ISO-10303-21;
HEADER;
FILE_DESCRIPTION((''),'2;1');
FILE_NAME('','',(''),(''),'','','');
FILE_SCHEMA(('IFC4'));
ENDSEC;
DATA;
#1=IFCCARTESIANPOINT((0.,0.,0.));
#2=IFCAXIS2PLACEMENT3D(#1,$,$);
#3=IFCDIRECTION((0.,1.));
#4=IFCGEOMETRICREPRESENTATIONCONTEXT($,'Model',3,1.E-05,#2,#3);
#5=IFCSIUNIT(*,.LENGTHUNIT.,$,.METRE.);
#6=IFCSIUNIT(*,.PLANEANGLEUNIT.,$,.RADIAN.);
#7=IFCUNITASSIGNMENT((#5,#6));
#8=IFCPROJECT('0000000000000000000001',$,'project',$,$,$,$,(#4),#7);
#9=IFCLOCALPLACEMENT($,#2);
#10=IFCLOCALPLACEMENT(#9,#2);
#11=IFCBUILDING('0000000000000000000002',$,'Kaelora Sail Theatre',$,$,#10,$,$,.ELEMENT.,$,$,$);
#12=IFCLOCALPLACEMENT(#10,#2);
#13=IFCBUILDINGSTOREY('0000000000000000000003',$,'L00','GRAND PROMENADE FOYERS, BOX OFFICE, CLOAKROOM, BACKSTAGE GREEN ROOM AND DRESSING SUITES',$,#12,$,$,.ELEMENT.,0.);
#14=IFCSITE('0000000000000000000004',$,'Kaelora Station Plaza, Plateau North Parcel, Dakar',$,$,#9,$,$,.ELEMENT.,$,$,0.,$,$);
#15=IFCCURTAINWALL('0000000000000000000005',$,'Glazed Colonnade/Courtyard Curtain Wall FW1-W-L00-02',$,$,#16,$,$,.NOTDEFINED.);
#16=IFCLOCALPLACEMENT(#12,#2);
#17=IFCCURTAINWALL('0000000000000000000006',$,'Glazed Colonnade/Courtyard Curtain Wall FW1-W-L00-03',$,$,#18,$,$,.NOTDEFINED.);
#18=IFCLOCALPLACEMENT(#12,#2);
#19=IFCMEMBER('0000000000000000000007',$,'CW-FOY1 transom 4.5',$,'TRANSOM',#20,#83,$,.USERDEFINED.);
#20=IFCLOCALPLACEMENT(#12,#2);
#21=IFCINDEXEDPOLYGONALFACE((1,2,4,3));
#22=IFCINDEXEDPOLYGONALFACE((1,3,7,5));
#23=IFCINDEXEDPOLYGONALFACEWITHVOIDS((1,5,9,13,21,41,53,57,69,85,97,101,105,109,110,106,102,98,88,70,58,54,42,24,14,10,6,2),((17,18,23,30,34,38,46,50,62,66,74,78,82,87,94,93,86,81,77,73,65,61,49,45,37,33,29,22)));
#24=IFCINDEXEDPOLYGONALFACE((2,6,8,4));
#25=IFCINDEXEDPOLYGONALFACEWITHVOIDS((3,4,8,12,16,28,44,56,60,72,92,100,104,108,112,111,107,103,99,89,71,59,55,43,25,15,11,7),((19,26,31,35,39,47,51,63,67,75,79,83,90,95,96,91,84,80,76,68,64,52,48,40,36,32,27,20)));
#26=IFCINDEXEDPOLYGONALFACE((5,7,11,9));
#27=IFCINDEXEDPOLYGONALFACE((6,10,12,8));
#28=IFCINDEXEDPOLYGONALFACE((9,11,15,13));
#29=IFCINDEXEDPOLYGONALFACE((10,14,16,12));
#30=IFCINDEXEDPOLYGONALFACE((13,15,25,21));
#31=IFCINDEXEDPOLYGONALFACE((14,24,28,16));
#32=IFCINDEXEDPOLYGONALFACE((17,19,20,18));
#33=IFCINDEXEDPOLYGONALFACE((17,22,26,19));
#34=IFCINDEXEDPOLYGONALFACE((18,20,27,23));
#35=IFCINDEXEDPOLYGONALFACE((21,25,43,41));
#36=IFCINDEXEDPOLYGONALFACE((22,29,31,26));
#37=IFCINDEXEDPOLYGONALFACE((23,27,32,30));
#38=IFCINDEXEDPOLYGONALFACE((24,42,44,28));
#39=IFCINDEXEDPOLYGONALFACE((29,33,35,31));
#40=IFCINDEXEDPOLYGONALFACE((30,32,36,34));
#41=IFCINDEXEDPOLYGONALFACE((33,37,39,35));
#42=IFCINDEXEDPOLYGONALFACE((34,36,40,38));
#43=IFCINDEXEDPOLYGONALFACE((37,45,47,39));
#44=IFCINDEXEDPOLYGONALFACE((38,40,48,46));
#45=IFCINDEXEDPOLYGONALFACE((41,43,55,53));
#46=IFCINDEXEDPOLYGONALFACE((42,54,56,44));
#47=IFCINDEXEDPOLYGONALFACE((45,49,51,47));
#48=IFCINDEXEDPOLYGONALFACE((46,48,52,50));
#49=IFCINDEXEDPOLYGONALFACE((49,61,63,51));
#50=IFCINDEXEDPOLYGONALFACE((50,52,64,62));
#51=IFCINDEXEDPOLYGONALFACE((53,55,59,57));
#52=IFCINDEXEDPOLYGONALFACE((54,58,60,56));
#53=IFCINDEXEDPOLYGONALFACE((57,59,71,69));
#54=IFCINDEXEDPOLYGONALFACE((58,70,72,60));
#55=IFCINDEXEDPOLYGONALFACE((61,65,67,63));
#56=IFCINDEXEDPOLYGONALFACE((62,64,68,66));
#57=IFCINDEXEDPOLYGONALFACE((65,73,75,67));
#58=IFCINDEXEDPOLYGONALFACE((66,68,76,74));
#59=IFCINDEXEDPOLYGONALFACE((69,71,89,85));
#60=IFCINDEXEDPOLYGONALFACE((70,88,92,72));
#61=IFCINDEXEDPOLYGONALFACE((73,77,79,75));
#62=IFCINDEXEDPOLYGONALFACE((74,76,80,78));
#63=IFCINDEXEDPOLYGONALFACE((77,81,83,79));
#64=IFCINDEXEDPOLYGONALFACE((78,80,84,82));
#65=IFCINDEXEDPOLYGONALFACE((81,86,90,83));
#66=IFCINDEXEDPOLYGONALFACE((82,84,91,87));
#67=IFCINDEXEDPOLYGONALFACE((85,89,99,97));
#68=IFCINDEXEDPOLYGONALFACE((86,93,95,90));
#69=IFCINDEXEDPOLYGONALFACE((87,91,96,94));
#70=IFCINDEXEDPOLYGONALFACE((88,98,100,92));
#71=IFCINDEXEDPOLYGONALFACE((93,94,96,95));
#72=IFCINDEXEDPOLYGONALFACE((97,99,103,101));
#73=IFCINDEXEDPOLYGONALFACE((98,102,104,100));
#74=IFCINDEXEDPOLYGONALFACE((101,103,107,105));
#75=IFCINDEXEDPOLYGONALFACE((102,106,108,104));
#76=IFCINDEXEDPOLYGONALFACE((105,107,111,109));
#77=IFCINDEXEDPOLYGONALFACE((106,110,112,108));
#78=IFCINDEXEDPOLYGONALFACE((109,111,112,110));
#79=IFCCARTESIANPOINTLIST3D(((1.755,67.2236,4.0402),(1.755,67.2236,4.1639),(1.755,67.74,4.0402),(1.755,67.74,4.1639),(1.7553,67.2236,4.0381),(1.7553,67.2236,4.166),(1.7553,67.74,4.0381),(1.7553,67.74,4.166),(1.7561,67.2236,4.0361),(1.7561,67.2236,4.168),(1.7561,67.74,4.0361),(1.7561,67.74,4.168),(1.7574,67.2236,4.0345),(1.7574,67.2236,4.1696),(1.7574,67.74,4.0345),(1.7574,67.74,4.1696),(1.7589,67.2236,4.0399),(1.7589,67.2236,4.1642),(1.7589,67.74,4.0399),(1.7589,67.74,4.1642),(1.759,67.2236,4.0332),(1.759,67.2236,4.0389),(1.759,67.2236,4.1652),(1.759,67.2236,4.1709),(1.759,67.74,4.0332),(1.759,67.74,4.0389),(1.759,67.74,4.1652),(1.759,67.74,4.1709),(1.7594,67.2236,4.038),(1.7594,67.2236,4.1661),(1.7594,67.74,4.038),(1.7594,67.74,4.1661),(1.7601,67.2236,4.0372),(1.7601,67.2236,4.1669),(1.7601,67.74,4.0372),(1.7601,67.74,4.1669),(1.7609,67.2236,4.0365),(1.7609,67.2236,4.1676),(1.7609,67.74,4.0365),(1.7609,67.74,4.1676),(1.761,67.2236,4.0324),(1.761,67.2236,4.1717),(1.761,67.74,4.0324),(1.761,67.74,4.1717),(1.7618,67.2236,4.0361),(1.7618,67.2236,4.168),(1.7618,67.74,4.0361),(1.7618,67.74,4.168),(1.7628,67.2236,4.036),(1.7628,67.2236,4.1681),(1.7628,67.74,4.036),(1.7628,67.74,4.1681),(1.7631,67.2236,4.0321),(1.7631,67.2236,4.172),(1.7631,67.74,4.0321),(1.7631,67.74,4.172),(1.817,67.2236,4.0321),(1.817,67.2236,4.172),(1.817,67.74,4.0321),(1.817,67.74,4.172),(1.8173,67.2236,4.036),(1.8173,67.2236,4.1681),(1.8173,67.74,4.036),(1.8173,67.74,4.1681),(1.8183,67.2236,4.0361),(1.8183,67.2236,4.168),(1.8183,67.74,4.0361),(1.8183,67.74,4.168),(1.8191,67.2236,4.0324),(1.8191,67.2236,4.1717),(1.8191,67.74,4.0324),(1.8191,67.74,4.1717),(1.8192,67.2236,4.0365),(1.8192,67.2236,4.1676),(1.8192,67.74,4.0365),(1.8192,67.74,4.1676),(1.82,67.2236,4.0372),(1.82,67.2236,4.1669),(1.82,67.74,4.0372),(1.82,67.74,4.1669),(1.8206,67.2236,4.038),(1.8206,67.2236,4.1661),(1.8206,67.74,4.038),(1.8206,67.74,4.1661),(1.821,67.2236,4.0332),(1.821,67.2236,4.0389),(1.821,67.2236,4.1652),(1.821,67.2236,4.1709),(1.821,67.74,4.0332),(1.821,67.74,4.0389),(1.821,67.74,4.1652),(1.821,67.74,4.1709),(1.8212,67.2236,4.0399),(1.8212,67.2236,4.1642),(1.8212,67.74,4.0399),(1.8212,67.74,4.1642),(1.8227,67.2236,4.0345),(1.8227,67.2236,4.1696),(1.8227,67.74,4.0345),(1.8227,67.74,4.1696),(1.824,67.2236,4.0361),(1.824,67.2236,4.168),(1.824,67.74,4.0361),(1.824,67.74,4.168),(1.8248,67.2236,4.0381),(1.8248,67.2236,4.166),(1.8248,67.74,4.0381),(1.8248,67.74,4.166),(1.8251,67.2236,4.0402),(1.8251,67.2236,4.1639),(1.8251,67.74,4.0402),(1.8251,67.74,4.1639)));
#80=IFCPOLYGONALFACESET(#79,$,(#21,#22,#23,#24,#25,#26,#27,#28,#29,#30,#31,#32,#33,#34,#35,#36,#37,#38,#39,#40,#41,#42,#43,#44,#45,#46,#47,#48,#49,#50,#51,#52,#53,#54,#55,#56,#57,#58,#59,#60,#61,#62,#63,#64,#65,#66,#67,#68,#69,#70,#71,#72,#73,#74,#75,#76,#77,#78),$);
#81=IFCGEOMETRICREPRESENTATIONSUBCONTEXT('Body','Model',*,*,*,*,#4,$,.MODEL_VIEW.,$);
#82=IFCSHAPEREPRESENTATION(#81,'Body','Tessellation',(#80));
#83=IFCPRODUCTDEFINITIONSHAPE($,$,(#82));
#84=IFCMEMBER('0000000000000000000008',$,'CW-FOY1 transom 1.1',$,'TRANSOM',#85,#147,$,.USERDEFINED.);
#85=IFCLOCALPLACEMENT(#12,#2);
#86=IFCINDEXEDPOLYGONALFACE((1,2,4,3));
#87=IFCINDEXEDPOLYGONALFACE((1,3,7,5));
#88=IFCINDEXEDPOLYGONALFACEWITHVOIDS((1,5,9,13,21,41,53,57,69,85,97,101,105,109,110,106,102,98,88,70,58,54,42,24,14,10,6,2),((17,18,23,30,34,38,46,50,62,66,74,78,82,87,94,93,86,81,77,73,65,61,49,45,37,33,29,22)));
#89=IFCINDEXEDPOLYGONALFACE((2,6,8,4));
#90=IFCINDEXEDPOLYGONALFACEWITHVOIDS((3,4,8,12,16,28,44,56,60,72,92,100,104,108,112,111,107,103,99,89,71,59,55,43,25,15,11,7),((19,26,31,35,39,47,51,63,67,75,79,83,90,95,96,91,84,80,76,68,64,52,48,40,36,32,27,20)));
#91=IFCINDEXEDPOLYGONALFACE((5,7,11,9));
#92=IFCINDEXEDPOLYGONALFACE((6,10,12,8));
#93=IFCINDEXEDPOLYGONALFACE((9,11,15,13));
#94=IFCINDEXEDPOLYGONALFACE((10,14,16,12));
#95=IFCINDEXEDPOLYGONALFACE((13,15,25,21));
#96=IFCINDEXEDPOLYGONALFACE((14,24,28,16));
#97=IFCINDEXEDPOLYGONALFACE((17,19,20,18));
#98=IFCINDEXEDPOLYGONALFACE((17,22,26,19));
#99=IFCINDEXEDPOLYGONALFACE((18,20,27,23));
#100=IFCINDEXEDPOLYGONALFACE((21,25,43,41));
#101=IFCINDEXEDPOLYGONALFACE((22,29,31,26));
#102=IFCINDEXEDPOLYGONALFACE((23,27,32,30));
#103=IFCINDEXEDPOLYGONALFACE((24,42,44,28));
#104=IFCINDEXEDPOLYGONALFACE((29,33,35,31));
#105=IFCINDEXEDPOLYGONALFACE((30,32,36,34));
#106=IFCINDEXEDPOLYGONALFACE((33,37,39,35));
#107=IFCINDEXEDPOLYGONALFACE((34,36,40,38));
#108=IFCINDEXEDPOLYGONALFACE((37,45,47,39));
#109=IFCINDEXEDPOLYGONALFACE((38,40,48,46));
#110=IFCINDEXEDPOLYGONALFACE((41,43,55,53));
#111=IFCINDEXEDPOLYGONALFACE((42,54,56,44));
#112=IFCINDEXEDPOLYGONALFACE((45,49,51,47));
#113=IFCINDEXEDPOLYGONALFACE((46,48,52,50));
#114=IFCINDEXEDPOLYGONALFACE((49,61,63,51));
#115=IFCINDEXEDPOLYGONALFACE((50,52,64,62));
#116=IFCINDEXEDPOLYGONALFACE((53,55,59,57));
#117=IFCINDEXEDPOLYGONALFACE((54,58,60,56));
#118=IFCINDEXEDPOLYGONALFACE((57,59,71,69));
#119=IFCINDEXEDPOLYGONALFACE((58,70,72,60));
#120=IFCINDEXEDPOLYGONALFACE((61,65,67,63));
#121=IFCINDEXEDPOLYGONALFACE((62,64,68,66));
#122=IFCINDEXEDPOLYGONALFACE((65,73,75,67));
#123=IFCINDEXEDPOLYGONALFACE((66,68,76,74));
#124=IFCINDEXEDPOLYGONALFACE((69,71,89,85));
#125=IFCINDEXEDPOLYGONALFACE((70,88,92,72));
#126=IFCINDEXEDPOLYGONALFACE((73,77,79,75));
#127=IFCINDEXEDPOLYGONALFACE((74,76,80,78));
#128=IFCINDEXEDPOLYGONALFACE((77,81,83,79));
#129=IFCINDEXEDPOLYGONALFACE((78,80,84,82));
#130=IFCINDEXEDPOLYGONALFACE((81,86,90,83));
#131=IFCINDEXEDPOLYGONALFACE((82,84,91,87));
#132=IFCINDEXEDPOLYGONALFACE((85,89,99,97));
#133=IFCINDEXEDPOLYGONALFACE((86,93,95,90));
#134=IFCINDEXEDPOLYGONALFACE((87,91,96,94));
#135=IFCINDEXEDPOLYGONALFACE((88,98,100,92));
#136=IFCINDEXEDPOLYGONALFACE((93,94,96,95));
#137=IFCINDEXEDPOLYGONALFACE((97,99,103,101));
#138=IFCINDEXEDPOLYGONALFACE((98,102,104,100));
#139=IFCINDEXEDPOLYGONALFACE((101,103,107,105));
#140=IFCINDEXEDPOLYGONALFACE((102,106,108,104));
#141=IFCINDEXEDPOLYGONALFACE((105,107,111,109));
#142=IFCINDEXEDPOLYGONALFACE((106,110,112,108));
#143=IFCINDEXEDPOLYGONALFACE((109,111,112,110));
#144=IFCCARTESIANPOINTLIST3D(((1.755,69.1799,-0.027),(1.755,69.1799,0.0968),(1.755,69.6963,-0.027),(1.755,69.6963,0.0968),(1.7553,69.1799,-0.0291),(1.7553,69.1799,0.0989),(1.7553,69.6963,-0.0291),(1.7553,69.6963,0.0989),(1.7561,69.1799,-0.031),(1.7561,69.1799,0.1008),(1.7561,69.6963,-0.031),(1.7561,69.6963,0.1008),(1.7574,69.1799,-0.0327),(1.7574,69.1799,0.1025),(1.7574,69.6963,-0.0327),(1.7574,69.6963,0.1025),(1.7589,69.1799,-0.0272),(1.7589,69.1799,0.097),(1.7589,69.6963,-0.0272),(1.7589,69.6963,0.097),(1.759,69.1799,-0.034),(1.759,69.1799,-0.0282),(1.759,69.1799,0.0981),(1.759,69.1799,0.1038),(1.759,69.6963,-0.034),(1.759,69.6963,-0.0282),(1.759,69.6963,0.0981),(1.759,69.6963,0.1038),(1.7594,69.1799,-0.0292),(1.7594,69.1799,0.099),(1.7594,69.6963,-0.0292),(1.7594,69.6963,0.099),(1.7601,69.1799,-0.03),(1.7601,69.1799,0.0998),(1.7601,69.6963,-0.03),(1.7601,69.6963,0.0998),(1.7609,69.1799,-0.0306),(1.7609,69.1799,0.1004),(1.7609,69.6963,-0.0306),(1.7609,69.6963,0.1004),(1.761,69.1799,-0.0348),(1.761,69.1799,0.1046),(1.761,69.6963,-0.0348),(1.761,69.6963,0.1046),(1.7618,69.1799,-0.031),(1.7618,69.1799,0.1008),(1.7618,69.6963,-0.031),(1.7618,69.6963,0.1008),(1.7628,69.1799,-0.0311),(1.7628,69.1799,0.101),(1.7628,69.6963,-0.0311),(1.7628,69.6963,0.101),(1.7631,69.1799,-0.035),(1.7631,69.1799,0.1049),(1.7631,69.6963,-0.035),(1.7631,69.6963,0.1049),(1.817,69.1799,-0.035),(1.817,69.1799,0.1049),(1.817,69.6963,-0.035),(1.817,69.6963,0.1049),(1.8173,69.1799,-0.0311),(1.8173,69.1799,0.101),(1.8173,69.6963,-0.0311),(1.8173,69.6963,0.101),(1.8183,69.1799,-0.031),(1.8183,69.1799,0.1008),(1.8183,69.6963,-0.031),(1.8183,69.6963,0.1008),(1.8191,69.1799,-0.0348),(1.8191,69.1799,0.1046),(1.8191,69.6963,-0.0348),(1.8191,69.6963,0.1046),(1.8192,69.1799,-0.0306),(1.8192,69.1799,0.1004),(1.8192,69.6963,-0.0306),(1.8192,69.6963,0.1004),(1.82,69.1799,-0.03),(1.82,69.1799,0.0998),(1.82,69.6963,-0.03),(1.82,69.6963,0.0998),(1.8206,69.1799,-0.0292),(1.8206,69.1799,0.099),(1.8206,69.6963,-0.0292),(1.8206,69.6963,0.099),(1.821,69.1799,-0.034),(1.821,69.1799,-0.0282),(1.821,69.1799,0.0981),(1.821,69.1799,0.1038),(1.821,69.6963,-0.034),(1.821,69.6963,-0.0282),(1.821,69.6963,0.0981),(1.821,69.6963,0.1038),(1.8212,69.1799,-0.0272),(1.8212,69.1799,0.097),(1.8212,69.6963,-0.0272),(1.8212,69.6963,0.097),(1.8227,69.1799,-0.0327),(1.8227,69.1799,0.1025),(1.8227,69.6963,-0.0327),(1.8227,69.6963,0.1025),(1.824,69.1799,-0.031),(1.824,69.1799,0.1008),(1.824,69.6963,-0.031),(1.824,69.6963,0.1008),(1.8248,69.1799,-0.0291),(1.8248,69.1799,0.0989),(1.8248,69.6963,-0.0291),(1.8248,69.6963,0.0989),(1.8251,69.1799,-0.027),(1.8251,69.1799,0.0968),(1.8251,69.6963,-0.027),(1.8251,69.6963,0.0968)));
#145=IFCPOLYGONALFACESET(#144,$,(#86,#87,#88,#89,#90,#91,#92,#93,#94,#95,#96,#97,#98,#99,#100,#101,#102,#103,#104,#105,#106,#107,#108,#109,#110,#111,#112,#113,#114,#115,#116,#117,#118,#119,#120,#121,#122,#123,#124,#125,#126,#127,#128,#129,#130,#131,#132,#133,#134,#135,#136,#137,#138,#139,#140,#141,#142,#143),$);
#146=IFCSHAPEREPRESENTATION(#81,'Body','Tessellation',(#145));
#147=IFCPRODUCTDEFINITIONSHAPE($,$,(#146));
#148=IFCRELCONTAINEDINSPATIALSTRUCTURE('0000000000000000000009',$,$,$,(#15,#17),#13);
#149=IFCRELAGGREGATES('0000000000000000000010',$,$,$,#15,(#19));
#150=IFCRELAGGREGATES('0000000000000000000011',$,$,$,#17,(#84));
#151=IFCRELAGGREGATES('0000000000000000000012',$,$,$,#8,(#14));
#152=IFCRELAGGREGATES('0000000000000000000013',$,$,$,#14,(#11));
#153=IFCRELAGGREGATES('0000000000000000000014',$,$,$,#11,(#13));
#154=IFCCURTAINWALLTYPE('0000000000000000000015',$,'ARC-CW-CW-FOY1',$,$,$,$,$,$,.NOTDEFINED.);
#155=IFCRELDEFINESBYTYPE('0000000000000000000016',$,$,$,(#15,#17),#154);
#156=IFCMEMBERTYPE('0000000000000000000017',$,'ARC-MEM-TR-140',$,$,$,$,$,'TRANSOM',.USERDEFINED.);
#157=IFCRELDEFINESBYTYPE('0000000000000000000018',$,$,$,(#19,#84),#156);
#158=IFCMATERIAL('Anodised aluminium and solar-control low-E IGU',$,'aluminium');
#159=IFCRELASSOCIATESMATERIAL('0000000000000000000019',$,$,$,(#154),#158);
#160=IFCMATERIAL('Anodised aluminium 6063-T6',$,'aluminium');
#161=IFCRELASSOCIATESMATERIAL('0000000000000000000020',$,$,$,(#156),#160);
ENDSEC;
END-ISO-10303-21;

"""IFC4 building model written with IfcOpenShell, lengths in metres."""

from ifc_helpers import new_model, si_unit, direction, frame, origin, origin_2d, place, context, subcontext, project, spatial, hollow_rectangle, extrude, material, material_profile, profile_set, type_object, element, aggregate, save


model = new_model("IFC4")

# Units and contexts
model_context = context("Model", 3, precision=1e-05, world=origin(), true_north=direction((0.0, 1.0)))
body_context = subcontext(model_context, "Body", "Model", "MODEL_VIEW")
ifc_project = project(units=[si_unit("LENGTHUNIT", "METRE"), si_unit("PLANEANGLEUNIT", "RADIAN")], contexts=[model_context])

# Site, building, storey
site_placement = place(None, origin())
site = spatial("IfcSite", under=ifc_project, at=site_placement, Name="Kaelora Station Plaza, Plateau North Parcel, Dakar", CompositionType="ELEMENT", RefElevation=0.0)
building_placement = place(site_placement, origin())
building = spatial("IfcBuilding", under=site, at=building_placement, Name="Kaelora Sail Theatre", CompositionType="ELEMENT")
storey_placement = place(building_placement, origin())
storey = spatial("IfcBuildingStorey", under=building, at=storey_placement, Name="L00", Description="GRAND PROMENADE FOYERS, BOX OFFICE, CLOAKROOM, BACKSTAGE GREEN ROOM AND DRESSING SUITES", CompositionType="ELEMENT", Elevation=0.0)

# Curtain wall
ifc_material_1 = material(Name="Anodised aluminium and solar-control low-E IGU", Category="aluminium")
curtain_wall_type = type_object("IfcCurtainWallType", Name="ARC-CW-CW-FOY1", PredefinedType="NOTDEFINED", material=ifc_material_1)
curtain_wall_1_placement = place(storey_placement, origin())
curtain_wall_1 = element("IfcCurtainWall", 1, at=curtain_wall_1_placement, inside=storey, type_object=curtain_wall_type, Name="Glazed Colonnade/Courtyard Curtain Wall FW1-W-L00-02", PredefinedType="NOTDEFINED")

# Curtain wall
curtain_wall_2_placement = place(storey_placement, origin())
curtain_wall_2 = element("IfcCurtainWall", 2, at=curtain_wall_2_placement, inside=storey, type_object=curtain_wall_type, Name="Glazed Colonnade/Courtyard Curtain Wall FW1-W-L00-03", PredefinedType="NOTDEFINED")

# Members
ifc_material_2 = material(Name="Anodised aluminium 6063-T6", Category="aluminium")
ifc_material_profile_1 = material_profile(ifc_material_2, hollow_rectangle(XDim=0.0701, YDim=0.1399, WallThickness=0.0039, InnerFilletRadius=0.0039, OuterFilletRadius=0.0081, at=origin_2d()), Name="ALU-TRAN 70x140x4")
ifc_profile_set_1 = profile_set([ifc_material_profile_1], Name="Anodised aluminium 6063-T6")
member_type_1 = type_object("IfcMemberType", Name="ARC-MEM-TR-140", ElementType="TRANSOM", PredefinedType="USERDEFINED", material=ifc_profile_set_1)
member_1_placement = place(storey_placement, frame((1.79, 67.2236, 4.1021), z_axis=(0.0, 1.0, 0.0), x_axis=(-1.0, 0.0, 0.0)))
member_1 = element("IfcMember", 3, at=member_1_placement, type_object=member_type_1, Name="CW-FOY1 transom 4.5", ObjectType="TRANSOM", PredefinedType="USERDEFINED", context=body_context, shape_type="SweptSolid", body=[
    extrude(hollow_rectangle(XDim=0.0701, YDim=0.1399, WallThickness=0.0039, InnerFilletRadius=0.0039, OuterFilletRadius=0.0081, at=origin_2d()), origin(), (0.0, 0.0, 1.0), 0.5164),
])
member_2_placement = place(storey_placement, frame((1.79, 69.1799, 0.0349), z_axis=(0.0, 1.0, 0.0), x_axis=(-1.0, 0.0, 0.0)))
member_2 = element("IfcMember", 4, at=member_2_placement, type_object=member_type_1, Name="CW-FOY1 transom 1.1", ObjectType="TRANSOM", PredefinedType="USERDEFINED", context=body_context, shape_type="SweptSolid", body=[
    extrude(hollow_rectangle(XDim=0.0701, YDim=0.1399, WallThickness=0.0039, InnerFilletRadius=0.0039, OuterFilletRadius=0.0081, at=origin_2d()), origin(), (0.0, 0.0, 1.0), 0.5164),
])

aggregate(curtain_wall_1, [member_1])
aggregate(curtain_wall_2, [member_2])

save(model, "model.ifc")
